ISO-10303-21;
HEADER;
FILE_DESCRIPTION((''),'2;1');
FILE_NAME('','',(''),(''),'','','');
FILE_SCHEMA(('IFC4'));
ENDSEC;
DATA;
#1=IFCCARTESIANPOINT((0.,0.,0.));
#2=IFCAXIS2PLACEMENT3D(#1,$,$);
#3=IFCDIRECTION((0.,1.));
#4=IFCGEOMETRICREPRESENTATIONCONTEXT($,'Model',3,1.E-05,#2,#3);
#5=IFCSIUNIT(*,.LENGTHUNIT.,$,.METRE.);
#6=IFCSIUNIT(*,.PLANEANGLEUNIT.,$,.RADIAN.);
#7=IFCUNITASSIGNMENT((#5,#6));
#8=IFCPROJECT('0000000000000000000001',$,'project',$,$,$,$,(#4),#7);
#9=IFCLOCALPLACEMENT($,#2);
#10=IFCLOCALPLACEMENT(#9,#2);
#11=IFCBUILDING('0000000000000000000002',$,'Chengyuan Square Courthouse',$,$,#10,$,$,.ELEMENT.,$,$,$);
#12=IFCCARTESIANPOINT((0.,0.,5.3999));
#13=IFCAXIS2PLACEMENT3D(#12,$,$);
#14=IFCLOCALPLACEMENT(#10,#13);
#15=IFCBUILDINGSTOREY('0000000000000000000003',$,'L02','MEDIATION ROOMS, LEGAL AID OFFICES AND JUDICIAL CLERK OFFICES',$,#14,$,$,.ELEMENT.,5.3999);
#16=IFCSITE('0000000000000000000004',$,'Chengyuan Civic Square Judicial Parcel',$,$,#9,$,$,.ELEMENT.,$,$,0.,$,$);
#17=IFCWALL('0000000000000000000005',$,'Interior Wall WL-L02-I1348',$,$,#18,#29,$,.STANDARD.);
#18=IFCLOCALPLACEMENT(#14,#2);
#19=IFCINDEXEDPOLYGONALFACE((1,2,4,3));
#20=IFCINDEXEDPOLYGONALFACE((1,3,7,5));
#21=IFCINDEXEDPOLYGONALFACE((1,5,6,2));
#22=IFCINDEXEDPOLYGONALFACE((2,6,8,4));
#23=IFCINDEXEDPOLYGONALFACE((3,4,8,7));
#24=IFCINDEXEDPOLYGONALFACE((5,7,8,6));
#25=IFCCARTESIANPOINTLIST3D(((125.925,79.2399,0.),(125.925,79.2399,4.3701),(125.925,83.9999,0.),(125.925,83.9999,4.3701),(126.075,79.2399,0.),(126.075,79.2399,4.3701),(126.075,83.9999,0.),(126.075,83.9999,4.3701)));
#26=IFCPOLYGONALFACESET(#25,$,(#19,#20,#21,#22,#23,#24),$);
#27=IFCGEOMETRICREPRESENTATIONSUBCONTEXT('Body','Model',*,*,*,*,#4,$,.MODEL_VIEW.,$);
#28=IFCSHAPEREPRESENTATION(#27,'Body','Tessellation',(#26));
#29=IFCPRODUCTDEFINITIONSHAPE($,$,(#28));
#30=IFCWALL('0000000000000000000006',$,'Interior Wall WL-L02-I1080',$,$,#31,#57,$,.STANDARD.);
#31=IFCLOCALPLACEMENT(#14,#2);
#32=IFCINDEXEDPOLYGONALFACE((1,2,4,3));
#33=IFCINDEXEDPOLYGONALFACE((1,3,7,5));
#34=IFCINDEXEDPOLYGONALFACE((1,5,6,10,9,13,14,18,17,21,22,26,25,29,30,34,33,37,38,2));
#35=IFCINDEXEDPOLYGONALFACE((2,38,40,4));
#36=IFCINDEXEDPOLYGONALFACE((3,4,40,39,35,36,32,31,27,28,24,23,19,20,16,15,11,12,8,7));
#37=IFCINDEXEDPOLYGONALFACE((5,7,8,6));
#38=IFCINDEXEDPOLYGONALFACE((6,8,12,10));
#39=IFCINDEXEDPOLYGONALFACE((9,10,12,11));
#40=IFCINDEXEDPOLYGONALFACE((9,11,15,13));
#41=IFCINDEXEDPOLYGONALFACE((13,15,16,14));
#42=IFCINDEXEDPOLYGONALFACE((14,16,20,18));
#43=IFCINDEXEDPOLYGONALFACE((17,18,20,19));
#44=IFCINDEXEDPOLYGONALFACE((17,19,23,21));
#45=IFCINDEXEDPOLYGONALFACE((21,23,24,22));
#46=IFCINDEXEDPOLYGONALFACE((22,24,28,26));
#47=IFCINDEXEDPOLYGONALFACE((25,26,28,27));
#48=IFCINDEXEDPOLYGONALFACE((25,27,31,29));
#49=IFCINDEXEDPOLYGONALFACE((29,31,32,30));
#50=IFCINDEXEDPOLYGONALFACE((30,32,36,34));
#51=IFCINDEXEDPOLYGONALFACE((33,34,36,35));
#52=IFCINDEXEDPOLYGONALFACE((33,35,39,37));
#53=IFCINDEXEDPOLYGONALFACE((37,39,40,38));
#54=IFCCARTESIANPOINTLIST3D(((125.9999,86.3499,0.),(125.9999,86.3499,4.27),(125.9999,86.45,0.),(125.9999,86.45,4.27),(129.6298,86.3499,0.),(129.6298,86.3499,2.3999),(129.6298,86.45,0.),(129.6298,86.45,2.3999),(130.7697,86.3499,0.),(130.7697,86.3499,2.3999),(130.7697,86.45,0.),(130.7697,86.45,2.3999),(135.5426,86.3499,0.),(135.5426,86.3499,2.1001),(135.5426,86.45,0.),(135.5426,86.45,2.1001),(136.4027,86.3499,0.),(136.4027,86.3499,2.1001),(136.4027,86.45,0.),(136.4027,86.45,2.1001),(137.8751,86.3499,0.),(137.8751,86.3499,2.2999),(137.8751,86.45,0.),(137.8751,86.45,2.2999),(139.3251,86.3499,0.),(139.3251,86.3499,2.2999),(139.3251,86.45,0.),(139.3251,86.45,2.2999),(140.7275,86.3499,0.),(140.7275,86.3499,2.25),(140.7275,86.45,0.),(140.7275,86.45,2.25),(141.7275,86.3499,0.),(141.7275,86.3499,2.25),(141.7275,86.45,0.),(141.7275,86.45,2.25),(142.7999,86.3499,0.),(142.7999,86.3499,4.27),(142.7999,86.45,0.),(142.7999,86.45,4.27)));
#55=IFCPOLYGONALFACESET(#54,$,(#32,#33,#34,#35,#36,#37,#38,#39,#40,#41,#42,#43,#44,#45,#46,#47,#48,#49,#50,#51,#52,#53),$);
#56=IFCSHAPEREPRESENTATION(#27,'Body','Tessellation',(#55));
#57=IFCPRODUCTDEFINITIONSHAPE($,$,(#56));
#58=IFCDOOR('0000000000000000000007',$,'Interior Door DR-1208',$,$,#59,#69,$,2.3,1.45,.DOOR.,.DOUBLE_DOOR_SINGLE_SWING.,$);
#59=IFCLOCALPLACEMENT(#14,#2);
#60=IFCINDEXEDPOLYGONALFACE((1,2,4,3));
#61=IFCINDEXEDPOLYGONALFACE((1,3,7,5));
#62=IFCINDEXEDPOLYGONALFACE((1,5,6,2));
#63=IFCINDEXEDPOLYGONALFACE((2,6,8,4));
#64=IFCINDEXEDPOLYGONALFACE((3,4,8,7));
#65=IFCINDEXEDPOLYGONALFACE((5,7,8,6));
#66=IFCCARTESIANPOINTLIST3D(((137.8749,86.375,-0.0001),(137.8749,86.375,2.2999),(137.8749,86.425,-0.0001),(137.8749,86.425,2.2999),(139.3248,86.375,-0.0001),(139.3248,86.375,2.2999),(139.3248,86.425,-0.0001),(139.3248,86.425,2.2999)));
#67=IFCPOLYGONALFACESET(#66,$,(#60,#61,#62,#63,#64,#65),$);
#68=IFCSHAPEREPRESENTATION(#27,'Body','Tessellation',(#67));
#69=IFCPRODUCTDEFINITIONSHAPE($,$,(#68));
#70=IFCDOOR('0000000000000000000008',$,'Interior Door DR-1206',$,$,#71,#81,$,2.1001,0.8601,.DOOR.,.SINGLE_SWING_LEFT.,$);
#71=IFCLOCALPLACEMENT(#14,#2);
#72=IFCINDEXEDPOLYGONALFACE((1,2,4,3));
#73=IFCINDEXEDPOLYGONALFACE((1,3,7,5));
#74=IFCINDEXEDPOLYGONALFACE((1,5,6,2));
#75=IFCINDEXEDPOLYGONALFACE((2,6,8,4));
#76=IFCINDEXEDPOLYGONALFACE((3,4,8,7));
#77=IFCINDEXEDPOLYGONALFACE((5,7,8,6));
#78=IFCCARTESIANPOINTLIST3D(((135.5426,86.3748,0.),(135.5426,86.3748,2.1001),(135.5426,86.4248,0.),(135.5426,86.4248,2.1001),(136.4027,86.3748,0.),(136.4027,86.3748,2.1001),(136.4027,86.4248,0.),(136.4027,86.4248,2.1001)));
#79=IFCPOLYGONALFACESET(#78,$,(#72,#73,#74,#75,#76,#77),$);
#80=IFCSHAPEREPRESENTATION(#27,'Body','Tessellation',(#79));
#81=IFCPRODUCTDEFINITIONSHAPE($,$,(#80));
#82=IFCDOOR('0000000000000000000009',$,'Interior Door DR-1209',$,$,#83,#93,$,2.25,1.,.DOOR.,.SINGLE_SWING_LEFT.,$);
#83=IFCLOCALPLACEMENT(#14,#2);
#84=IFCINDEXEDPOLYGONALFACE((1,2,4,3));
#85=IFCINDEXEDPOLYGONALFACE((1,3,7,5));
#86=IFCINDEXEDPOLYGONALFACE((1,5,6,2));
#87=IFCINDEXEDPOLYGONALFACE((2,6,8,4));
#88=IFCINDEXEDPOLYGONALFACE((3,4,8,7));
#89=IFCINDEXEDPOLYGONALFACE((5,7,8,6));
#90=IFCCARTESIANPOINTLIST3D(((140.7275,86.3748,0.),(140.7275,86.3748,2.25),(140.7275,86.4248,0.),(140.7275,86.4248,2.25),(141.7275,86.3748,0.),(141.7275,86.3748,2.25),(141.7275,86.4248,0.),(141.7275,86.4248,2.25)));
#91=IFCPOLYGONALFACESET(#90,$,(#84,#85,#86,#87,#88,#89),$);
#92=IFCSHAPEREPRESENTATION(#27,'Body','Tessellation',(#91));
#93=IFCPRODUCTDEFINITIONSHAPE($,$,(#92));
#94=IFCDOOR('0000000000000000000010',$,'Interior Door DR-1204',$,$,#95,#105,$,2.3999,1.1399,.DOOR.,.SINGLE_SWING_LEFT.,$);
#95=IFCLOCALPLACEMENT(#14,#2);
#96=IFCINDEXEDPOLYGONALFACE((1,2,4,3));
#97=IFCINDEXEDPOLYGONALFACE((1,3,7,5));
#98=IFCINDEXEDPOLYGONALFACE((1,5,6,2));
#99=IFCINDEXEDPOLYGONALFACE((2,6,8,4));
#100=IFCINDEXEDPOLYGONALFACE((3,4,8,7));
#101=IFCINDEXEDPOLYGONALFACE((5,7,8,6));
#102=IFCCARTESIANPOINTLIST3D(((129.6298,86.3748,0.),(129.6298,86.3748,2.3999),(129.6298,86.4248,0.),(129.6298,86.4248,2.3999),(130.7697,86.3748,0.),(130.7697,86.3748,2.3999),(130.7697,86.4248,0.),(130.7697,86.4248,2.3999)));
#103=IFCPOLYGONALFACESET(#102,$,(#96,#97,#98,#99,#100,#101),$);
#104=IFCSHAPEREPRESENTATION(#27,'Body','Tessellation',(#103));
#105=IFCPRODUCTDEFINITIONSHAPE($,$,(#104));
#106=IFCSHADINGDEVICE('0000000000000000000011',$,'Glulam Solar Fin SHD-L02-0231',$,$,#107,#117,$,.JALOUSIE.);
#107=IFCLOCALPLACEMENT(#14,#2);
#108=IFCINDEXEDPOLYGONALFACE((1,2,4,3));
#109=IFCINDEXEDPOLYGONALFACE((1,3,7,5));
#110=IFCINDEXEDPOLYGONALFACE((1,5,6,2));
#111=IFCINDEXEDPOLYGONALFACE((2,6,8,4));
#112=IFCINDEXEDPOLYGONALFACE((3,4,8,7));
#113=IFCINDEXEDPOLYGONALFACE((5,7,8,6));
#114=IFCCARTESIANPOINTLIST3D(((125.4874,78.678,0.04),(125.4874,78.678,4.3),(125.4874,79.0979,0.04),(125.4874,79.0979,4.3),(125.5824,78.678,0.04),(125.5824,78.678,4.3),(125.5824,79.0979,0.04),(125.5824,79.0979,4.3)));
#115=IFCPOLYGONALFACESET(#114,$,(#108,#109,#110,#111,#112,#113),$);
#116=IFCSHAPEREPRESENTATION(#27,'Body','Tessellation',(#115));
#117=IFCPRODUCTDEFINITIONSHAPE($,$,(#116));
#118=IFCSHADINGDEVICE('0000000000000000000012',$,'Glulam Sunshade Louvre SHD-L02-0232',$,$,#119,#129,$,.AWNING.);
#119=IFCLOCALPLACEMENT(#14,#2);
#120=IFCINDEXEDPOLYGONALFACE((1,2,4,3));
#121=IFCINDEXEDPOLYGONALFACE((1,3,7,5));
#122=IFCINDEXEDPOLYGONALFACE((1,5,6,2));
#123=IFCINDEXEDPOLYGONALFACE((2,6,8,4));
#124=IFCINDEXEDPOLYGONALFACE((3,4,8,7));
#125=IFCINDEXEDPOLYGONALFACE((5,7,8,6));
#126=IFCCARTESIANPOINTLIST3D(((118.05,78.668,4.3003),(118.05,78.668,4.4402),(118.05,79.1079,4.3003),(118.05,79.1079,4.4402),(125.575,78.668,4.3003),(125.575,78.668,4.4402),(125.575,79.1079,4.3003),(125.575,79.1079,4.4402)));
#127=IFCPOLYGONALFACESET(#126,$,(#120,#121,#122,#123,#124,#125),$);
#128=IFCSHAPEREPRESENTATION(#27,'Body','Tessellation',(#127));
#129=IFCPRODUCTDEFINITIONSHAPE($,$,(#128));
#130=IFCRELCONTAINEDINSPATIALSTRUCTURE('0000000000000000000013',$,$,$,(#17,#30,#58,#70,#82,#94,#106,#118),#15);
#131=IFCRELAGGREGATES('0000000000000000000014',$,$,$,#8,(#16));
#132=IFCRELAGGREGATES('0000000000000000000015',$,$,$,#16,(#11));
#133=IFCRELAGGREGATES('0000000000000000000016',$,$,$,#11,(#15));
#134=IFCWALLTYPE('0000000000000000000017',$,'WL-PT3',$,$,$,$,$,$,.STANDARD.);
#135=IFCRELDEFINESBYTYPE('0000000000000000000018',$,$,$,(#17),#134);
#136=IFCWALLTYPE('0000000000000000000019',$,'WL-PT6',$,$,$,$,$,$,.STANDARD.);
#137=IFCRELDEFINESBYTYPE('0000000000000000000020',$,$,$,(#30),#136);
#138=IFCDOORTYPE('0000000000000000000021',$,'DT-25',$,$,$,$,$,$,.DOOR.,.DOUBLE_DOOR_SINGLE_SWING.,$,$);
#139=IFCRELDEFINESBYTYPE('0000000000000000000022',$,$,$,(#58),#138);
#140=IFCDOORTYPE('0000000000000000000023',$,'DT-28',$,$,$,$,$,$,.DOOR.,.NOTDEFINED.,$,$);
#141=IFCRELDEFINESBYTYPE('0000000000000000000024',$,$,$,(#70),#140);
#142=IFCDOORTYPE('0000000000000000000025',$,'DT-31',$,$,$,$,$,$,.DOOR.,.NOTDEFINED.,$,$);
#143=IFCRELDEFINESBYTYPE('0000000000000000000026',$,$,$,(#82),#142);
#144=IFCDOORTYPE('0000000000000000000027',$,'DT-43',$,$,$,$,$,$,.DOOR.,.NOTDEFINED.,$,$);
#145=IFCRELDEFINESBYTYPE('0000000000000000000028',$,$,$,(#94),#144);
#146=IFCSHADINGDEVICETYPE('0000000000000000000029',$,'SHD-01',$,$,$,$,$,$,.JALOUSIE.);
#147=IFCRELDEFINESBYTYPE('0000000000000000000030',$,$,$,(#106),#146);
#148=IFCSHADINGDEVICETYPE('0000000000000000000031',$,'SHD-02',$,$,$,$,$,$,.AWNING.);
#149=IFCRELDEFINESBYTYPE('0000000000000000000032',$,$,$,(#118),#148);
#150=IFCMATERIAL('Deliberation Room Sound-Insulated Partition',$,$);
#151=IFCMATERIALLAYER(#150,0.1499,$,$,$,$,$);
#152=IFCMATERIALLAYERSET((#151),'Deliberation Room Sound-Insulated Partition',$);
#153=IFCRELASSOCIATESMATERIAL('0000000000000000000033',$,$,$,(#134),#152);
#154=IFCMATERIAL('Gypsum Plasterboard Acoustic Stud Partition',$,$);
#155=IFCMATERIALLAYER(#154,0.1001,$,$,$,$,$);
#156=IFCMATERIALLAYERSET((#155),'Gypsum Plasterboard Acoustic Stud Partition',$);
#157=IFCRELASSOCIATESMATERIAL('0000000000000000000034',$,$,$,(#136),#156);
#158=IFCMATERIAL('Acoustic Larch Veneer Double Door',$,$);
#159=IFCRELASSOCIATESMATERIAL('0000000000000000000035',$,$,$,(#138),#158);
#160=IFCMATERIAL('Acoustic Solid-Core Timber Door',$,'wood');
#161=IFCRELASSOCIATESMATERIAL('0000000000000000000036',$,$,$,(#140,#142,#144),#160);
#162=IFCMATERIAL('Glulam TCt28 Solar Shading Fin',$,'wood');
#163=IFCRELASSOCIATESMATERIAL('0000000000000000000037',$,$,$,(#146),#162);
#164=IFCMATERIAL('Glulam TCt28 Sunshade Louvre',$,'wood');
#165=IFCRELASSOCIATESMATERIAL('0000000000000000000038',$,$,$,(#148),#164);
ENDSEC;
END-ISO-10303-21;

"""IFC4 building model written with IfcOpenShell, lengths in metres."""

from ifc_helpers import new_model, si_unit, direction, frame, frame_2d, origin, origin_2d, place, context, subcontext, project, spatial, rectangle, extrude, material, layer, layer_set, type_object, element, fill, save


model = new_model("IFC4")

# Units and contexts
model_context = context("Model", 3, precision=1e-05, world=origin(), true_north=direction((0.0, 1.0)))
body_context = subcontext(model_context, "Body", "Model", "MODEL_VIEW")
ifc_project = project(units=[si_unit("LENGTHUNIT", "METRE"), si_unit("PLANEANGLEUNIT", "RADIAN")], contexts=[model_context])

# Site, building, storey
site_placement = place(None, origin())
site = spatial("IfcSite", under=ifc_project, at=site_placement, Name="Chengyuan Civic Square Judicial Parcel", CompositionType="ELEMENT", RefElevation=0.0)
building_placement = place(site_placement, origin())
building = spatial("IfcBuilding", under=site, at=building_placement, Name="Chengyuan Square Courthouse", CompositionType="ELEMENT")
storey_placement = place(building_placement, frame((0.0, 0.0, 5.3999)))
storey = spatial("IfcBuildingStorey", under=building, at=storey_placement, Name="L02", Description="MEDIATION ROOMS, LEGAL AID OFFICES AND JUDICIAL CLERK OFFICES", CompositionType="ELEMENT", Elevation=5.3999)

# Wall
ifc_material_1 = material(Name="Deliberation Room Sound-Insulated Partition")
ifc_layer_1 = layer(ifc_material_1, 0.1499)
ifc_layer_set_1 = layer_set([ifc_layer_1], Name="Deliberation Room Sound-Insulated Partition")
wall_type_1 = type_object("IfcWallType", Name="WL-PT3", PredefinedType="STANDARD", material=ifc_layer_set_1)
wall_1_placement = place(storey_placement, frame((126.0, 79.24, 0.0), z_axis=(0.0, 0.0, 1.0), x_axis=(0.0, 1.0, 0.0)))
element("IfcWall", 1, at=wall_1_placement, inside=storey, type_object=wall_type_1, Name="Interior Wall WL-L02-I1348", PredefinedType="STANDARD", context=body_context, shape_type="SweptSolid", body=[
    extrude(rectangle(XDim=4.76, YDim=0.1499, at=frame_2d((2.3799, 0.0))), origin(), (0.0, 0.0, 1.0), 4.3701),
])

# Wall, openings, doors
ifc_material_2 = material(Name="Gypsum Plasterboard Acoustic Stud Partition")
ifc_layer_2 = layer(ifc_material_2, 0.1001)
ifc_layer_set_2 = layer_set([ifc_layer_2], Name="Gypsum Plasterboard Acoustic Stud Partition")
wall_type_2 = type_object("IfcWallType", Name="WL-PT6", PredefinedType="STANDARD", material=ifc_layer_set_2)
wall_2_placement = place(storey_placement, frame((126.0, 86.3999, 0.0), z_axis=(0.0, 0.0, 1.0), x_axis=(1.0, 0.0, 0.0)))
wall_2 = element("IfcWall", 2, at=wall_2_placement, inside=storey, type_object=wall_type_2, Name="Interior Wall WL-L02-I1080", PredefinedType="STANDARD", context=body_context, shape_type="SweptSolid", body=[
    extrude(rectangle(XDim=16.8, YDim=0.1001, at=frame_2d((8.3999, 0.0))), origin(), (0.0, 0.0, 1.0), 4.27),
])
opening_1_placement = place(wall_2_placement, frame((3.6299, 0.0, 0.0)))
opening_1 = element("IfcOpeningElement", 3, at=opening_1_placement, cuts=wall_2, PredefinedType="OPENING", context=body_context, shape_type="SweptSolid", body=[
    extrude(rectangle(XDim=1.1399, YDim=2.3999, at=frame_2d((0.5698, 1.2))), frame((0.0, 0.062, 0.0), z_axis=(0.0, -1.0, 0.0), x_axis=(1.0, 0.0, 0.0)), (0.0, 0.0, 1.0), 0.124),
])
opening_2_placement = place(wall_2_placement, frame((9.5425, 0.0, 0.0)))
opening_2 = element("IfcOpeningElement", 4, at=opening_2_placement, cuts=wall_2, PredefinedType="OPENING", context=body_context, shape_type="SweptSolid", body=[
    extrude(rectangle(XDim=0.8601, YDim=2.1001, at=frame_2d((0.4302, 1.05))), frame((0.0, 0.062, 0.0), z_axis=(0.0, -1.0, 0.0), x_axis=(1.0, 0.0, 0.0)), (0.0, 0.0, 1.0), 0.124),
])
opening_3_placement = place(wall_2_placement, frame((11.875, 0.0, 0.0)))
opening_3 = element("IfcOpeningElement", 5, at=opening_3_placement, cuts=wall_2, PredefinedType="OPENING", context=body_context, shape_type="SweptSolid", body=[
    extrude(rectangle(XDim=1.45, YDim=2.3, at=frame_2d((0.7251, 1.1499))), frame((0.0, 0.062, 0.0), z_axis=(0.0, -1.0, 0.0), x_axis=(1.0, 0.0, 0.0)), (0.0, 0.0, 1.0), 0.124),
])
opening_4_placement = place(wall_2_placement, frame((14.7275, 0.0, 0.0)))
opening_4 = element("IfcOpeningElement", 6, at=opening_4_placement, cuts=wall_2, PredefinedType="OPENING", context=body_context, shape_type="SweptSolid", body=[
    extrude(rectangle(XDim=1.0, YDim=2.25, at=frame_2d((0.5, 1.125))), frame((0.0, 0.062, 0.0), z_axis=(0.0, -1.0, 0.0), x_axis=(1.0, 0.0, 0.0)), (0.0, 0.0, 1.0), 0.124),
])
ifc_material_3 = material(Name="Acoustic Larch Veneer Double Door")
door_type_1 = type_object("IfcDoorType", Name="DT-25", OperationType="DOUBLE_DOOR_SINGLE_SWING", PredefinedType="DOOR", material=ifc_material_3)
door_1_placement = place(opening_3_placement, frame((1.45, 0.0, 0.0), z_axis=(0.0, 0.0, 1.0), x_axis=(-1.0, 0.0, 0.0)))
door_1 = element("IfcDoor", 7, at=door_1_placement, inside=storey, type_object=door_type_1, Name="Interior Door DR-1208", OperationType="DOUBLE_DOOR_SINGLE_SWING", OverallHeight=2.3, OverallWidth=1.45, PredefinedType="DOOR", context=body_context, shape_type="SweptSolid", body=[
    extrude(rectangle(XDim=1.45, YDim=2.3, at=frame_2d((0.7251, 1.1499))), frame((0.0, 0.0249, 0.0), z_axis=(0.0, -1.0, 0.0), x_axis=(1.0, 0.0, 0.0)), (0.0, 0.0, 1.0), 0.05),
])
fill(opening_3, door_1)
ifc_material_4 = material(Name="Acoustic Solid-Core Timber Door", Category="wood")
door_type_2 = type_object("IfcDoorType", Name="DT-28", OperationType="NOTDEFINED", PredefinedType="DOOR", material=ifc_material_4)
door_2_placement = place(opening_2_placement, origin())
door_2 = element("IfcDoor", 8, at=door_2_placement, inside=storey, type_object=door_type_2, Name="Interior Door DR-1206", OperationType="SINGLE_SWING_LEFT", OverallHeight=2.1001, OverallWidth=0.8601, PredefinedType="DOOR", context=body_context, shape_type="SweptSolid", body=[
    extrude(rectangle(XDim=0.8601, YDim=2.1001, at=frame_2d((0.4302, 1.05))), frame((0.0, 0.0249, 0.0), z_axis=(0.0, -1.0, 0.0), x_axis=(1.0, 0.0, 0.0)), (0.0, 0.0, 1.0), 0.05),
])
fill(opening_2, door_2)
door_type_3 = type_object("IfcDoorType", Name="DT-31", OperationType="NOTDEFINED", PredefinedType="DOOR", material=ifc_material_4)
door_3_placement = place(opening_4_placement, origin())
door_3 = element("IfcDoor", 9, at=door_3_placement, inside=storey, type_object=door_type_3, Name="Interior Door DR-1209", OperationType="SINGLE_SWING_LEFT", OverallHeight=2.25, OverallWidth=1.0, PredefinedType="DOOR", context=body_context, shape_type="SweptSolid", body=[
    extrude(rectangle(XDim=1.0, YDim=2.25, at=frame_2d((0.5, 1.125))), frame((0.0, 0.0249, 0.0), z_axis=(0.0, -1.0, 0.0), x_axis=(1.0, 0.0, 0.0)), (0.0, 0.0, 1.0), 0.05),
])
fill(opening_4, door_3)
door_type_4 = type_object("IfcDoorType", Name="DT-43", OperationType="NOTDEFINED", PredefinedType="DOOR", material=ifc_material_4)
door_4_placement = place(opening_1_placement, origin())
door_4 = element("IfcDoor", 10, at=door_4_placement, inside=storey, type_object=door_type_4, Name="Interior Door DR-1204", OperationType="SINGLE_SWING_LEFT", OverallHeight=2.3999, OverallWidth=1.1399, PredefinedType="DOOR", context=body_context, shape_type="SweptSolid", body=[
    extrude(rectangle(XDim=1.1399, YDim=2.3999, at=frame_2d((0.5698, 1.2))), frame((0.0, 0.0249, 0.0), z_axis=(0.0, -1.0, 0.0), x_axis=(1.0, 0.0, 0.0)), (0.0, 0.0, 1.0), 0.05),
])
fill(opening_1, door_4)

# Shading devices
ifc_material_5 = material(Name="Glulam TCt28 Solar Shading Fin", Category="wood")
shading_device_type_1 = type_object("IfcShadingDeviceType", Name="SHD-01", PredefinedType="JALOUSIE", material=ifc_material_5)
shading_device_1_placement = place(storey_placement, frame((125.5349, 78.8879, 0.04), z_axis=(0.0, 0.0, 1.0), x_axis=(0.0, 1.0, 0.0)))
element("IfcShadingDevice", 11, at=shading_device_1_placement, inside=storey, type_object=shading_device_type_1, Name="Glulam Solar Fin SHD-L02-0231", PredefinedType="JALOUSIE", context=body_context, shape_type="SweptSolid", body=[
    extrude(rectangle(XDim=0.4199, YDim=0.095, at=origin_2d()), origin(), (0.0, 0.0, 1.0), 4.26),
])
ifc_material_6 = material(Name="Glulam TCt28 Sunshade Louvre", Category="wood")
shading_device_type_2 = type_object("IfcShadingDeviceType", Name="SHD-02", PredefinedType="AWNING", material=ifc_material_6)
shading_device_2_placement = place(storey_placement, frame((121.8125, 78.8879, 4.3003), z_axis=(0.0, 0.0, 1.0), x_axis=(1.0, 0.0, 0.0)))
element("IfcShadingDevice", 12, at=shading_device_2_placement, inside=storey, type_object=shading_device_type_2, Name="Glulam Sunshade Louvre SHD-L02-0232", PredefinedType="AWNING", context=body_context, shape_type="SweptSolid", body=[
    extrude(rectangle(XDim=7.5249, YDim=0.4399, at=origin_2d()), origin(), (0.0, 0.0, 1.0), 0.1399),
])

save(model, "model.ifc")
